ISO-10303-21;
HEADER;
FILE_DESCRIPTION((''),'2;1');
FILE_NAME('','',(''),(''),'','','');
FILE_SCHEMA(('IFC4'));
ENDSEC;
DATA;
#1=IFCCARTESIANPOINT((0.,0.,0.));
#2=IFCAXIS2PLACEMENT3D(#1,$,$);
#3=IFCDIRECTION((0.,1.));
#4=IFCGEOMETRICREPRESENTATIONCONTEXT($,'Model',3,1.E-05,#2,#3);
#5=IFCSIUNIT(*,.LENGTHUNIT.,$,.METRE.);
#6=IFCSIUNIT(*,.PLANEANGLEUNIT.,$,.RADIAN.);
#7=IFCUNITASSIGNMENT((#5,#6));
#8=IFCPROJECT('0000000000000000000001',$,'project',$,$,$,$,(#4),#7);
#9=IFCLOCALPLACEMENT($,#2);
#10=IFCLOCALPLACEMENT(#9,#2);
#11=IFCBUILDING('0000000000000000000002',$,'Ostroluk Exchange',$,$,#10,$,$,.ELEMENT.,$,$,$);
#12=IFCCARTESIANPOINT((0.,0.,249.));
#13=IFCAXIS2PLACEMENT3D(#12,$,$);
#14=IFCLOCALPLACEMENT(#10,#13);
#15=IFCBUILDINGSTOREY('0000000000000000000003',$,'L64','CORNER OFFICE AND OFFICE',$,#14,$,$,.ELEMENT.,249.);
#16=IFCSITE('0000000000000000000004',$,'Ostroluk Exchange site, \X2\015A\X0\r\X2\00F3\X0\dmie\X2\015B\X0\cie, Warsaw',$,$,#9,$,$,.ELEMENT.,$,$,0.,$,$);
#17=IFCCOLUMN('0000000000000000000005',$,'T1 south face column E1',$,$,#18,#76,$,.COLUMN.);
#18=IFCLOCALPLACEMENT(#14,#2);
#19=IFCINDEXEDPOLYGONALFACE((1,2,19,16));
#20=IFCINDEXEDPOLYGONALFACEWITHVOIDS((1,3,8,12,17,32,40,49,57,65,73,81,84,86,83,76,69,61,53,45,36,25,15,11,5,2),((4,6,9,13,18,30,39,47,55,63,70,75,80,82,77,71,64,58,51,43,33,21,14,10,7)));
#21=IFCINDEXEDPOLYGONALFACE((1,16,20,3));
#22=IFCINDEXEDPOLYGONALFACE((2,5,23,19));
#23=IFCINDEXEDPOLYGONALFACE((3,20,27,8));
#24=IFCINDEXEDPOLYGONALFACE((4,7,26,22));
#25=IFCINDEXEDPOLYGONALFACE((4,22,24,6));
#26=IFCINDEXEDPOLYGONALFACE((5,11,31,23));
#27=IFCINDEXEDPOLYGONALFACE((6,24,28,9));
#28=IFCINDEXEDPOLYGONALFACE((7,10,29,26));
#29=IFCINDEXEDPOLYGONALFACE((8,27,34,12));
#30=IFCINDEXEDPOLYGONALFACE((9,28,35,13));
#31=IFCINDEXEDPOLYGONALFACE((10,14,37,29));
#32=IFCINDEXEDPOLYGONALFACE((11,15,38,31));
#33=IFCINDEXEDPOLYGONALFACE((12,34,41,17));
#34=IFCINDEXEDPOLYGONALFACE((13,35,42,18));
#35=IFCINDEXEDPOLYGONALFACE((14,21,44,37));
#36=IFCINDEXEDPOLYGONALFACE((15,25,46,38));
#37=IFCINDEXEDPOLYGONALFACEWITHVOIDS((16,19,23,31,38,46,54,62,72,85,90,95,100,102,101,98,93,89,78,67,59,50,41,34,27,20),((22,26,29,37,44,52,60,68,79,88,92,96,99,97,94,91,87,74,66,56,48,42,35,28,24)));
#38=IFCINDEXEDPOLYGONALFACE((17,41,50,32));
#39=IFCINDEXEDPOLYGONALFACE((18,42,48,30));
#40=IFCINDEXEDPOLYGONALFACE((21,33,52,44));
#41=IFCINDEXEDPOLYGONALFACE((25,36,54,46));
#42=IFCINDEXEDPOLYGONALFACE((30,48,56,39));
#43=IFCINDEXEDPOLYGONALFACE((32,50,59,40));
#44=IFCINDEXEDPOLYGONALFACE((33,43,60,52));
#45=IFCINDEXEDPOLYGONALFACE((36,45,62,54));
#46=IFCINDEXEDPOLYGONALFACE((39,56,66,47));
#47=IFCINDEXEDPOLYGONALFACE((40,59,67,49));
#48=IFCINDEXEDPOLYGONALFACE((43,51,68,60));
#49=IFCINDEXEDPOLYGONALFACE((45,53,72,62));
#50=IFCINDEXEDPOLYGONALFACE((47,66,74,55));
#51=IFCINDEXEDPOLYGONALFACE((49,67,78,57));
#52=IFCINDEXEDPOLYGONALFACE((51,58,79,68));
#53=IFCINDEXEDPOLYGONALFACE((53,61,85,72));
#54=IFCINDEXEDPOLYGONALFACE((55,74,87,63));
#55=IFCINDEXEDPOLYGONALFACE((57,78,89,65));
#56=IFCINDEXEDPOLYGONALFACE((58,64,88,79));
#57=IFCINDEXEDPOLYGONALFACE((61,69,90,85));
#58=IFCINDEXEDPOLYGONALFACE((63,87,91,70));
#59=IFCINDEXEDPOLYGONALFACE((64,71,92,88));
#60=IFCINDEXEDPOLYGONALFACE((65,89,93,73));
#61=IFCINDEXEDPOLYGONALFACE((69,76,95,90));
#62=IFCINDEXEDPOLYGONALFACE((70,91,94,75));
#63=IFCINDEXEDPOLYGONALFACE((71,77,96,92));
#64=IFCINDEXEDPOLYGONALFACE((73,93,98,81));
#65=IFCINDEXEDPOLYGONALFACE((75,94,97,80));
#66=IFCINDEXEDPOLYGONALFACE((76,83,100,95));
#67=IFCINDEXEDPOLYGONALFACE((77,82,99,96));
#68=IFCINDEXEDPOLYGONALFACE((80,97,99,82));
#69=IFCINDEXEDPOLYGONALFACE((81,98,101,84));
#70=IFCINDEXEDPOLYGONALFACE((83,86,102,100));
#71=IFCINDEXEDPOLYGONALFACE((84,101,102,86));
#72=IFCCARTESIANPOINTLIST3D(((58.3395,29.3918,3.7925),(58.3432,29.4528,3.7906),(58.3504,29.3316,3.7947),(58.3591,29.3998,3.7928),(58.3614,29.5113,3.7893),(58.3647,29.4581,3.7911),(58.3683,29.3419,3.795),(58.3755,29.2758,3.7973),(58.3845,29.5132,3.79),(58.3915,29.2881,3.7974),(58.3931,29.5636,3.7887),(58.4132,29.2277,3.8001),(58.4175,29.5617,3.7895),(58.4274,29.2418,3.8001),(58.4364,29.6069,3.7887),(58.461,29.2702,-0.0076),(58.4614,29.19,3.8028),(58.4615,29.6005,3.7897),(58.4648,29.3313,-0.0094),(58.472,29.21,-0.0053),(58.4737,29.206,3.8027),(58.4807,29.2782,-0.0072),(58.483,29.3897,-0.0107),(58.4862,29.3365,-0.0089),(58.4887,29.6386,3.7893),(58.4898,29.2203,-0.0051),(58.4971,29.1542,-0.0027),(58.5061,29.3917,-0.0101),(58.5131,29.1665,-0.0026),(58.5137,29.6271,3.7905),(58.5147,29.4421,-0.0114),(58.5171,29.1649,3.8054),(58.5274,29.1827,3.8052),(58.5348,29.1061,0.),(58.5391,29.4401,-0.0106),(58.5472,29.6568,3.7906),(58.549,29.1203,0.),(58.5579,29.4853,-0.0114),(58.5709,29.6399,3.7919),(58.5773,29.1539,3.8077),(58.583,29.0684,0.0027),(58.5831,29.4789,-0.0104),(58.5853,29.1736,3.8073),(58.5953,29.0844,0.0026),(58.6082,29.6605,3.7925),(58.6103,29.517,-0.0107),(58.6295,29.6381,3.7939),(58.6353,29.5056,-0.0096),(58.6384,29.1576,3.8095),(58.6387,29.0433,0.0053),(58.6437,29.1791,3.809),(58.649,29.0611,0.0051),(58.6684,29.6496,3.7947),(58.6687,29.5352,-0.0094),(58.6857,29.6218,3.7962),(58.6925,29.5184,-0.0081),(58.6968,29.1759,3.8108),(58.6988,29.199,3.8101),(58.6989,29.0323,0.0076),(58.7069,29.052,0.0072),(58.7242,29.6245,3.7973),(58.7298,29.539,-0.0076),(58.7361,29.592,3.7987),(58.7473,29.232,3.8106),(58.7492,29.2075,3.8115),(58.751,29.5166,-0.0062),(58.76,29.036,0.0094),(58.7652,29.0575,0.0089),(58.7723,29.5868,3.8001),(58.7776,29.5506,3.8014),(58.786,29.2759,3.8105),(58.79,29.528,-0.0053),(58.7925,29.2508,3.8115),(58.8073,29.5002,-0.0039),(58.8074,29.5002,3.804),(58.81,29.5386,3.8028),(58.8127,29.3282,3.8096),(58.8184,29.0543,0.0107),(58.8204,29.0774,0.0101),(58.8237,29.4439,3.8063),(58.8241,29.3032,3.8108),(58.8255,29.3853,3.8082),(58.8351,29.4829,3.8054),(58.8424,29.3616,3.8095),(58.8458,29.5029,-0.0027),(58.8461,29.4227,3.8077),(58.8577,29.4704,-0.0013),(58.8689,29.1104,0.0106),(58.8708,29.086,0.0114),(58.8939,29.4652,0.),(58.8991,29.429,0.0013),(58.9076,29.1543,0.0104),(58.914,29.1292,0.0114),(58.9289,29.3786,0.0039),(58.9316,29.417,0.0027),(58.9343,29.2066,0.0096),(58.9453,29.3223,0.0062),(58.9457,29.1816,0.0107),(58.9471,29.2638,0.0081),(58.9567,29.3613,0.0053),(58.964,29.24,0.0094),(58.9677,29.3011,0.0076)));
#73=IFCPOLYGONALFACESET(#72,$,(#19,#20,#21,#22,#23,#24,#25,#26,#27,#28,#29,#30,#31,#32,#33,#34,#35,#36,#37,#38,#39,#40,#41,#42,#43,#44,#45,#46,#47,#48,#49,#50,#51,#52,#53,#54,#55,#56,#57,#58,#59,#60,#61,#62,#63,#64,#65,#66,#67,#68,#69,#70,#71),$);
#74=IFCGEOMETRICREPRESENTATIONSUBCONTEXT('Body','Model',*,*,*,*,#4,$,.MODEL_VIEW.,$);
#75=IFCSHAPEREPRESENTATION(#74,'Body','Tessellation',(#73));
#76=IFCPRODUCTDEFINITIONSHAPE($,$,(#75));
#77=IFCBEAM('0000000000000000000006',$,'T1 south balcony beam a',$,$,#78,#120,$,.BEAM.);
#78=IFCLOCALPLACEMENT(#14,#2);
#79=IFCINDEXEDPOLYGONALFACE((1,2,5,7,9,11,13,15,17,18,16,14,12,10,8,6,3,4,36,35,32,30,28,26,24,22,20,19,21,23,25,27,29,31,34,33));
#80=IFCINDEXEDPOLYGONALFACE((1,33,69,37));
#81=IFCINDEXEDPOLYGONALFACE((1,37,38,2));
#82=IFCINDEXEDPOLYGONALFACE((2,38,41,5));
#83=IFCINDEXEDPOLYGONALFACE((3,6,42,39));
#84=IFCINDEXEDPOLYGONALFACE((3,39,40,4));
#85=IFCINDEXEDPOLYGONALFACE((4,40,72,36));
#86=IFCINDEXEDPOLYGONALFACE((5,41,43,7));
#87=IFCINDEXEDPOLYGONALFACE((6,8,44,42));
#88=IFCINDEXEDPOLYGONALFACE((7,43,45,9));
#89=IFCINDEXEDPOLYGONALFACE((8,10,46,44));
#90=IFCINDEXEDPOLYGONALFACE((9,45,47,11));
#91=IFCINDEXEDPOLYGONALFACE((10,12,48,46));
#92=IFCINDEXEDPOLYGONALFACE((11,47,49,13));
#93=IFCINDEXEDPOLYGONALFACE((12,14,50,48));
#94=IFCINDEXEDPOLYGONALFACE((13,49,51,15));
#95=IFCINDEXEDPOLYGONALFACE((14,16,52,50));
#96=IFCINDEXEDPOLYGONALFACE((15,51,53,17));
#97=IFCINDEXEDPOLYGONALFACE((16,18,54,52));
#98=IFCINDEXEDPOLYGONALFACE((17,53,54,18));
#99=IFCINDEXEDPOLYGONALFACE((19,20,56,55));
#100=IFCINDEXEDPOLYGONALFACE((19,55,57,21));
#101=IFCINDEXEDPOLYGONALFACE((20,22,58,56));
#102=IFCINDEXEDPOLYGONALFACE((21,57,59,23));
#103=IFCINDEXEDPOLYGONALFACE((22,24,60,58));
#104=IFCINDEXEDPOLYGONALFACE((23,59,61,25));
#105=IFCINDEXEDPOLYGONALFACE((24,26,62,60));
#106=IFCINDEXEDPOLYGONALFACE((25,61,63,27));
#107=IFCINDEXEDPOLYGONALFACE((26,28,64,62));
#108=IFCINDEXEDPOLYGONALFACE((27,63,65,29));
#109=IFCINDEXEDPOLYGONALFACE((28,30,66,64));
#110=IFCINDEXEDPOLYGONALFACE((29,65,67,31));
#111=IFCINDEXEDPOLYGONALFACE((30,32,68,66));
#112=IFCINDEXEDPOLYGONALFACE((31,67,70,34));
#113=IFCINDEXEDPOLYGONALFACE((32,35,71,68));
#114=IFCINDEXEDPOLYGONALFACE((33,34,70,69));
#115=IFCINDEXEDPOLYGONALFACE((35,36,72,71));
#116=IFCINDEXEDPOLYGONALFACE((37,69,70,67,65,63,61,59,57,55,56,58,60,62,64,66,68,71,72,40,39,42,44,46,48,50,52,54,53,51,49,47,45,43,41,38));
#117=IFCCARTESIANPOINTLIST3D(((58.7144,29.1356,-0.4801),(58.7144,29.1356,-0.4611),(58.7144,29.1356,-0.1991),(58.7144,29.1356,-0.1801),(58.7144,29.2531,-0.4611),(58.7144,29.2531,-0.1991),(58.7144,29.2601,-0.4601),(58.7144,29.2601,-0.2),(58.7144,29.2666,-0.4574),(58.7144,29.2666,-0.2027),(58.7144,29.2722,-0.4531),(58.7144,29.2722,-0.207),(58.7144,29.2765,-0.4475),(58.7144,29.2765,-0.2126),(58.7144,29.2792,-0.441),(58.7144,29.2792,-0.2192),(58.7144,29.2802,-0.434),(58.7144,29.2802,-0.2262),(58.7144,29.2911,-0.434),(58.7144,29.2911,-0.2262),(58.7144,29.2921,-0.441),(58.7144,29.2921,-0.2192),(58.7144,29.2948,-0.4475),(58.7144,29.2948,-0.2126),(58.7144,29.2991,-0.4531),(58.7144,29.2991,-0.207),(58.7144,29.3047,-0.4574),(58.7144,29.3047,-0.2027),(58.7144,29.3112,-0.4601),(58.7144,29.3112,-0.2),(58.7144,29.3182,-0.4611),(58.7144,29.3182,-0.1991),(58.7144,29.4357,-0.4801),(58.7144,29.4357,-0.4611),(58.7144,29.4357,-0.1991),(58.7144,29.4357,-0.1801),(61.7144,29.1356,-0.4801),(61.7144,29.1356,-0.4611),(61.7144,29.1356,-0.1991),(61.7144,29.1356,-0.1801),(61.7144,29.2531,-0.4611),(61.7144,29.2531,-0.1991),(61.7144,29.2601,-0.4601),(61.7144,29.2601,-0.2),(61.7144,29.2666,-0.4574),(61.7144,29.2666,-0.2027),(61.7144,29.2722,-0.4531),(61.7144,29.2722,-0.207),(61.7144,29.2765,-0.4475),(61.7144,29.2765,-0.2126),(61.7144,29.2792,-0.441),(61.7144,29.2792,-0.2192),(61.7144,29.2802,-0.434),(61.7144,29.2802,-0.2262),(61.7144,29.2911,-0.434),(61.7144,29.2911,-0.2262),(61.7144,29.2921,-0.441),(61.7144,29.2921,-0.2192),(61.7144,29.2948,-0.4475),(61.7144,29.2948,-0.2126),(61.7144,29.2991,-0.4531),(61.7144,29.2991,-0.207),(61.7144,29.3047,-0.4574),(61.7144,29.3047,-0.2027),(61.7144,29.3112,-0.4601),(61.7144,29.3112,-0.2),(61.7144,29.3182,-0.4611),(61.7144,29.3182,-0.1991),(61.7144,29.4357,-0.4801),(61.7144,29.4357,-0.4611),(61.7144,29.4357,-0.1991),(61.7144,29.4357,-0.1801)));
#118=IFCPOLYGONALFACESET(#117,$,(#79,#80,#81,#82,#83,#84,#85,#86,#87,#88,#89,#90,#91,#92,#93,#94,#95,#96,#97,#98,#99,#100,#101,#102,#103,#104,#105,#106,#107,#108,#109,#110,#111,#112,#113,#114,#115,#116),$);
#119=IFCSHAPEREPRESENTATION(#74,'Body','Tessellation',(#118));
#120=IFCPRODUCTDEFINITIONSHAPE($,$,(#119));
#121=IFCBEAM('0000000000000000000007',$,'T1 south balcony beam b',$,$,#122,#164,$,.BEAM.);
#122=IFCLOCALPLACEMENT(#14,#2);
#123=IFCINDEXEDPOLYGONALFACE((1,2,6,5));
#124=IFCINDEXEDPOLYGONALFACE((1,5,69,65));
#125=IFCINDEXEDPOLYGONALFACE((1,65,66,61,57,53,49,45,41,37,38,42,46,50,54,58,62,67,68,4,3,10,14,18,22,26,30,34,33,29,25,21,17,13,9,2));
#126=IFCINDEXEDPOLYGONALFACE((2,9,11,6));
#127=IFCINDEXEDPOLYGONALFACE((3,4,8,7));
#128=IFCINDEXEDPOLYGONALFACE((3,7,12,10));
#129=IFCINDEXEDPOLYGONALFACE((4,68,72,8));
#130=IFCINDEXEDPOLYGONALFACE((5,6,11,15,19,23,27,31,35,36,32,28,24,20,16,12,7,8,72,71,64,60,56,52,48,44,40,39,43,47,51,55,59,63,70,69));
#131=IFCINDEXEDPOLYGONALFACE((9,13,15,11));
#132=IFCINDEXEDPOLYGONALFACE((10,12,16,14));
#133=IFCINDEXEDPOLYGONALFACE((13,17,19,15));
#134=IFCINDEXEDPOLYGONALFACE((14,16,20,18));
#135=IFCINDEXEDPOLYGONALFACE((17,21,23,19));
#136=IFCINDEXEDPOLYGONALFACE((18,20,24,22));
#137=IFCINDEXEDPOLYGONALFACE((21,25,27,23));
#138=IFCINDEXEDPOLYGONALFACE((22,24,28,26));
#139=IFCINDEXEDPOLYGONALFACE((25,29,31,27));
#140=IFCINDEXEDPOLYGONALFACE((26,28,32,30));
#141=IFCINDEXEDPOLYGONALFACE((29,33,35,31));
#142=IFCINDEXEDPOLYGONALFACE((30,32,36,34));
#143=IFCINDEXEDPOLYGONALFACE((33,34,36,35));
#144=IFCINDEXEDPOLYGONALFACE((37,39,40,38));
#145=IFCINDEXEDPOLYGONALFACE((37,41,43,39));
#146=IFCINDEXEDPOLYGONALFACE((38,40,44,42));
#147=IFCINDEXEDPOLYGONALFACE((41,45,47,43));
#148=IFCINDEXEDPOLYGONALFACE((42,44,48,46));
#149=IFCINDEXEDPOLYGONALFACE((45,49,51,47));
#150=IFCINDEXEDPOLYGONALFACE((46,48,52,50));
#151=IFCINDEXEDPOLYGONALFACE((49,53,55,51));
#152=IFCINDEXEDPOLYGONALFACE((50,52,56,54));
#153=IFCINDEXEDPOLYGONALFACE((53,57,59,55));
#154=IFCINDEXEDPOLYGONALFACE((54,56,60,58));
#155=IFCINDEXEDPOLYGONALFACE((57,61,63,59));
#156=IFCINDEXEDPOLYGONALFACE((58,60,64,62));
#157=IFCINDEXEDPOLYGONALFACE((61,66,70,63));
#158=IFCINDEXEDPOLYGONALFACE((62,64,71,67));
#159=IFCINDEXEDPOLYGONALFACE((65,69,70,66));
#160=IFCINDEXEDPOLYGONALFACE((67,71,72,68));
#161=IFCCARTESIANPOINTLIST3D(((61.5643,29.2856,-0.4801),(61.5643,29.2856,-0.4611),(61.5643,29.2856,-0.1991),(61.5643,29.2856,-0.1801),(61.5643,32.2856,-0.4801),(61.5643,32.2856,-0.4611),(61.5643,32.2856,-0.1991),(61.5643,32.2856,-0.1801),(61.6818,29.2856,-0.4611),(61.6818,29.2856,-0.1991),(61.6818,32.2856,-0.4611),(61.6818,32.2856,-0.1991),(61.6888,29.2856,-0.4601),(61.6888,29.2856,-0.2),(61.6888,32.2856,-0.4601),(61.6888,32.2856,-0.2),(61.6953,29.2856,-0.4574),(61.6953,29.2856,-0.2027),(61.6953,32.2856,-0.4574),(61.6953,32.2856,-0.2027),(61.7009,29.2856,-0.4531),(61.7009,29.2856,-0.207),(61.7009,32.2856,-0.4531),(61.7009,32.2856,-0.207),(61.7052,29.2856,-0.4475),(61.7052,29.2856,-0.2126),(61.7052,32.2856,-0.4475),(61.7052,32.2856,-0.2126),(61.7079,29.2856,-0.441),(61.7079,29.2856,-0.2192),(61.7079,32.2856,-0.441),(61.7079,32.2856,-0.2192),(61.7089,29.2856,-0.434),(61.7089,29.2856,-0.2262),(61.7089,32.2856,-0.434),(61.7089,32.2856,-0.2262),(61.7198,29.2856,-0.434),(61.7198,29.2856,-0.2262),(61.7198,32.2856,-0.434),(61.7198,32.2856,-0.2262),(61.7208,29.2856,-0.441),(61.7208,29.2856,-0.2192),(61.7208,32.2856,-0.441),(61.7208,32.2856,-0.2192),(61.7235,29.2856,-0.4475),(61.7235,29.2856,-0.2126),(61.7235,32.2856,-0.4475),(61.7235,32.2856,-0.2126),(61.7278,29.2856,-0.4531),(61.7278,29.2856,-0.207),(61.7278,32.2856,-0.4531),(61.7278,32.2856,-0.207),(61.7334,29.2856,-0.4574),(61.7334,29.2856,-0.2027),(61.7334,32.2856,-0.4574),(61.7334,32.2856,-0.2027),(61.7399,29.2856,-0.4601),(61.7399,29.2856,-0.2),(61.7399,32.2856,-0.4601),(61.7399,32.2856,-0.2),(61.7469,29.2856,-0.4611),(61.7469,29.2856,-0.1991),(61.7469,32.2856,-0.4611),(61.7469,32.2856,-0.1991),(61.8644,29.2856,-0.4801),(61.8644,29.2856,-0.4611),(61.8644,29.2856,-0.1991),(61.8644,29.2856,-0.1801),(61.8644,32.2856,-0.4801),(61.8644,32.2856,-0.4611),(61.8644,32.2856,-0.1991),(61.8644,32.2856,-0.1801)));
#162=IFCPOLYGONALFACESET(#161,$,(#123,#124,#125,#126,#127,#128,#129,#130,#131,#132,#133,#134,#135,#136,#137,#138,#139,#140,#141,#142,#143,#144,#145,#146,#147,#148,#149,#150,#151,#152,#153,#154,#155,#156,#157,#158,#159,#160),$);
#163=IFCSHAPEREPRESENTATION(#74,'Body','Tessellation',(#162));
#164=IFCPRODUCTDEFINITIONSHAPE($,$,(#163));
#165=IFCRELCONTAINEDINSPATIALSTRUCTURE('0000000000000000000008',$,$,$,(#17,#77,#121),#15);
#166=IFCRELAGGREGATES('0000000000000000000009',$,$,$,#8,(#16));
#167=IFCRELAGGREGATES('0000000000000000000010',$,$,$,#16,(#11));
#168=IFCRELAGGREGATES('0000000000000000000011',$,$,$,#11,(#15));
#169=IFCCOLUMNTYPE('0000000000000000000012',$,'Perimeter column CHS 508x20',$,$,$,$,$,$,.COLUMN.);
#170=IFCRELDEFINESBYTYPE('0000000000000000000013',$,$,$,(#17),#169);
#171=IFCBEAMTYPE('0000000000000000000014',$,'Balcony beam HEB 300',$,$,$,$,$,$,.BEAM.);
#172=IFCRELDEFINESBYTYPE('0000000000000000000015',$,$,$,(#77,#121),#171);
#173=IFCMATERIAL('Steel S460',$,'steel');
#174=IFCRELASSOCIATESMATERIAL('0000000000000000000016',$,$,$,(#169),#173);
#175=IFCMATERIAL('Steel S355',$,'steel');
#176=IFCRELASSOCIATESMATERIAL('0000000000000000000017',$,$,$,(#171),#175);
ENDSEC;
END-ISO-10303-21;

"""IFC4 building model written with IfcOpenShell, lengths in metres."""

from ifc_helpers import new_model, si_unit, direction, frame, origin, origin_2d, place, context, subcontext, project, spatial, hollow_circle, i_section, extrude, material, material_profile, profile_set, type_object, element, save


model = new_model("IFC4")

# Units and contexts
model_context = context("Model", 3, precision=1e-05, world=origin(), true_north=direction((0.0, 1.0)))
body_context = subcontext(model_context, "Body", "Model", "MODEL_VIEW")
ifc_project = project(units=[si_unit("LENGTHUNIT", "METRE"), si_unit("PLANEANGLEUNIT", "RADIAN")], contexts=[model_context])

# Site, building, storey
site_placement = place(None, origin())
site = spatial("IfcSite", under=ifc_project, at=site_placement, Name="Ostroluk Exchange site, Śródmieście, Warsaw", CompositionType="ELEMENT", RefElevation=0.0)
building_placement = place(site_placement, origin())
building = spatial("IfcBuilding", under=site, at=building_placement, Name="Ostroluk Exchange", CompositionType="ELEMENT")
storey_placement = place(building_placement, frame((0.0, 0.0, 249.0)))
storey = spatial("IfcBuildingStorey", under=building, at=storey_placement, Name="L64", Description="CORNER OFFICE AND OFFICE", CompositionType="ELEMENT", Elevation=249.0)

# Column
ifc_material_1 = material(Name="Steel S460", Category="steel")
ifc_material_profile_1 = material_profile(ifc_material_1, hollow_circle(Radius=0.2539, WallThickness=0.02, at=origin_2d()), Name="CHS 508x20")
ifc_profile_set_1 = profile_set([ifc_material_profile_1], Name="Steel S460")
column_type_1 = type_object("IfcColumnType", Name="Perimeter column CHS 508x20", PredefinedType="COLUMN", material=ifc_profile_set_1)
column_1_placement = place(storey_placement, frame((58.7144, 29.2856, 0.0), z_axis=(-0.031962, 0.031962, 0.998978), x_axis=(-0.707107, -0.707107, 0.0)))
element("IfcColumn", 1, at=column_1_placement, inside=storey, type_object=column_type_1, Name="T1 south face column E1", PredefinedType="COLUMN", context=body_context, shape_type="SweptSolid", body=[
    extrude(hollow_circle(Radius=0.2539, WallThickness=0.02, at=origin_2d()), origin(), (0.0, 0.0, 1.0), 3.804),
])

# Beams
ifc_material_2 = material(Name="Steel S355", Category="steel")
ifc_material_profile_2 = material_profile(ifc_material_2, i_section(OverallWidth=0.3, OverallDepth=0.3, WebThickness=0.011, FlangeThickness=0.019, FilletRadius=0.0271, at=origin_2d()), Name="HEB 300")
ifc_profile_set_2 = profile_set([ifc_material_profile_2], Name="Steel S355")
beam_type_1 = type_object("IfcBeamType", Name="Balcony beam HEB 300", PredefinedType="BEAM", material=ifc_profile_set_2)
for number, where, z_axis, x_axis, name in (
    (2, (58.7144, 29.2856, -0.3301), (1.0, 0.0, 0.0), (0.0, 1.0, 0.0), "T1 south balcony beam a"),
    (3, (61.7144, 32.2856, -0.3301), (0.0, -1.0, 0.0), (1.0, 0.0, 0.0), "T1 south balcony beam b"),
):
    element("IfcBeam", number, at=place(storey_placement, frame(where, z_axis=z_axis, x_axis=x_axis)), inside=storey, type_object=beam_type_1, Name=name, PredefinedType="BEAM", context=body_context, shape_type="SweptSolid", body=[
        extrude(i_section(OverallWidth=0.3, OverallDepth=0.3, WebThickness=0.011, FlangeThickness=0.019, FilletRadius=0.0271, at=origin_2d()), origin(), (0.0, 0.0, 1.0), 3.0),
    ])

save(model, "model.ifc")
